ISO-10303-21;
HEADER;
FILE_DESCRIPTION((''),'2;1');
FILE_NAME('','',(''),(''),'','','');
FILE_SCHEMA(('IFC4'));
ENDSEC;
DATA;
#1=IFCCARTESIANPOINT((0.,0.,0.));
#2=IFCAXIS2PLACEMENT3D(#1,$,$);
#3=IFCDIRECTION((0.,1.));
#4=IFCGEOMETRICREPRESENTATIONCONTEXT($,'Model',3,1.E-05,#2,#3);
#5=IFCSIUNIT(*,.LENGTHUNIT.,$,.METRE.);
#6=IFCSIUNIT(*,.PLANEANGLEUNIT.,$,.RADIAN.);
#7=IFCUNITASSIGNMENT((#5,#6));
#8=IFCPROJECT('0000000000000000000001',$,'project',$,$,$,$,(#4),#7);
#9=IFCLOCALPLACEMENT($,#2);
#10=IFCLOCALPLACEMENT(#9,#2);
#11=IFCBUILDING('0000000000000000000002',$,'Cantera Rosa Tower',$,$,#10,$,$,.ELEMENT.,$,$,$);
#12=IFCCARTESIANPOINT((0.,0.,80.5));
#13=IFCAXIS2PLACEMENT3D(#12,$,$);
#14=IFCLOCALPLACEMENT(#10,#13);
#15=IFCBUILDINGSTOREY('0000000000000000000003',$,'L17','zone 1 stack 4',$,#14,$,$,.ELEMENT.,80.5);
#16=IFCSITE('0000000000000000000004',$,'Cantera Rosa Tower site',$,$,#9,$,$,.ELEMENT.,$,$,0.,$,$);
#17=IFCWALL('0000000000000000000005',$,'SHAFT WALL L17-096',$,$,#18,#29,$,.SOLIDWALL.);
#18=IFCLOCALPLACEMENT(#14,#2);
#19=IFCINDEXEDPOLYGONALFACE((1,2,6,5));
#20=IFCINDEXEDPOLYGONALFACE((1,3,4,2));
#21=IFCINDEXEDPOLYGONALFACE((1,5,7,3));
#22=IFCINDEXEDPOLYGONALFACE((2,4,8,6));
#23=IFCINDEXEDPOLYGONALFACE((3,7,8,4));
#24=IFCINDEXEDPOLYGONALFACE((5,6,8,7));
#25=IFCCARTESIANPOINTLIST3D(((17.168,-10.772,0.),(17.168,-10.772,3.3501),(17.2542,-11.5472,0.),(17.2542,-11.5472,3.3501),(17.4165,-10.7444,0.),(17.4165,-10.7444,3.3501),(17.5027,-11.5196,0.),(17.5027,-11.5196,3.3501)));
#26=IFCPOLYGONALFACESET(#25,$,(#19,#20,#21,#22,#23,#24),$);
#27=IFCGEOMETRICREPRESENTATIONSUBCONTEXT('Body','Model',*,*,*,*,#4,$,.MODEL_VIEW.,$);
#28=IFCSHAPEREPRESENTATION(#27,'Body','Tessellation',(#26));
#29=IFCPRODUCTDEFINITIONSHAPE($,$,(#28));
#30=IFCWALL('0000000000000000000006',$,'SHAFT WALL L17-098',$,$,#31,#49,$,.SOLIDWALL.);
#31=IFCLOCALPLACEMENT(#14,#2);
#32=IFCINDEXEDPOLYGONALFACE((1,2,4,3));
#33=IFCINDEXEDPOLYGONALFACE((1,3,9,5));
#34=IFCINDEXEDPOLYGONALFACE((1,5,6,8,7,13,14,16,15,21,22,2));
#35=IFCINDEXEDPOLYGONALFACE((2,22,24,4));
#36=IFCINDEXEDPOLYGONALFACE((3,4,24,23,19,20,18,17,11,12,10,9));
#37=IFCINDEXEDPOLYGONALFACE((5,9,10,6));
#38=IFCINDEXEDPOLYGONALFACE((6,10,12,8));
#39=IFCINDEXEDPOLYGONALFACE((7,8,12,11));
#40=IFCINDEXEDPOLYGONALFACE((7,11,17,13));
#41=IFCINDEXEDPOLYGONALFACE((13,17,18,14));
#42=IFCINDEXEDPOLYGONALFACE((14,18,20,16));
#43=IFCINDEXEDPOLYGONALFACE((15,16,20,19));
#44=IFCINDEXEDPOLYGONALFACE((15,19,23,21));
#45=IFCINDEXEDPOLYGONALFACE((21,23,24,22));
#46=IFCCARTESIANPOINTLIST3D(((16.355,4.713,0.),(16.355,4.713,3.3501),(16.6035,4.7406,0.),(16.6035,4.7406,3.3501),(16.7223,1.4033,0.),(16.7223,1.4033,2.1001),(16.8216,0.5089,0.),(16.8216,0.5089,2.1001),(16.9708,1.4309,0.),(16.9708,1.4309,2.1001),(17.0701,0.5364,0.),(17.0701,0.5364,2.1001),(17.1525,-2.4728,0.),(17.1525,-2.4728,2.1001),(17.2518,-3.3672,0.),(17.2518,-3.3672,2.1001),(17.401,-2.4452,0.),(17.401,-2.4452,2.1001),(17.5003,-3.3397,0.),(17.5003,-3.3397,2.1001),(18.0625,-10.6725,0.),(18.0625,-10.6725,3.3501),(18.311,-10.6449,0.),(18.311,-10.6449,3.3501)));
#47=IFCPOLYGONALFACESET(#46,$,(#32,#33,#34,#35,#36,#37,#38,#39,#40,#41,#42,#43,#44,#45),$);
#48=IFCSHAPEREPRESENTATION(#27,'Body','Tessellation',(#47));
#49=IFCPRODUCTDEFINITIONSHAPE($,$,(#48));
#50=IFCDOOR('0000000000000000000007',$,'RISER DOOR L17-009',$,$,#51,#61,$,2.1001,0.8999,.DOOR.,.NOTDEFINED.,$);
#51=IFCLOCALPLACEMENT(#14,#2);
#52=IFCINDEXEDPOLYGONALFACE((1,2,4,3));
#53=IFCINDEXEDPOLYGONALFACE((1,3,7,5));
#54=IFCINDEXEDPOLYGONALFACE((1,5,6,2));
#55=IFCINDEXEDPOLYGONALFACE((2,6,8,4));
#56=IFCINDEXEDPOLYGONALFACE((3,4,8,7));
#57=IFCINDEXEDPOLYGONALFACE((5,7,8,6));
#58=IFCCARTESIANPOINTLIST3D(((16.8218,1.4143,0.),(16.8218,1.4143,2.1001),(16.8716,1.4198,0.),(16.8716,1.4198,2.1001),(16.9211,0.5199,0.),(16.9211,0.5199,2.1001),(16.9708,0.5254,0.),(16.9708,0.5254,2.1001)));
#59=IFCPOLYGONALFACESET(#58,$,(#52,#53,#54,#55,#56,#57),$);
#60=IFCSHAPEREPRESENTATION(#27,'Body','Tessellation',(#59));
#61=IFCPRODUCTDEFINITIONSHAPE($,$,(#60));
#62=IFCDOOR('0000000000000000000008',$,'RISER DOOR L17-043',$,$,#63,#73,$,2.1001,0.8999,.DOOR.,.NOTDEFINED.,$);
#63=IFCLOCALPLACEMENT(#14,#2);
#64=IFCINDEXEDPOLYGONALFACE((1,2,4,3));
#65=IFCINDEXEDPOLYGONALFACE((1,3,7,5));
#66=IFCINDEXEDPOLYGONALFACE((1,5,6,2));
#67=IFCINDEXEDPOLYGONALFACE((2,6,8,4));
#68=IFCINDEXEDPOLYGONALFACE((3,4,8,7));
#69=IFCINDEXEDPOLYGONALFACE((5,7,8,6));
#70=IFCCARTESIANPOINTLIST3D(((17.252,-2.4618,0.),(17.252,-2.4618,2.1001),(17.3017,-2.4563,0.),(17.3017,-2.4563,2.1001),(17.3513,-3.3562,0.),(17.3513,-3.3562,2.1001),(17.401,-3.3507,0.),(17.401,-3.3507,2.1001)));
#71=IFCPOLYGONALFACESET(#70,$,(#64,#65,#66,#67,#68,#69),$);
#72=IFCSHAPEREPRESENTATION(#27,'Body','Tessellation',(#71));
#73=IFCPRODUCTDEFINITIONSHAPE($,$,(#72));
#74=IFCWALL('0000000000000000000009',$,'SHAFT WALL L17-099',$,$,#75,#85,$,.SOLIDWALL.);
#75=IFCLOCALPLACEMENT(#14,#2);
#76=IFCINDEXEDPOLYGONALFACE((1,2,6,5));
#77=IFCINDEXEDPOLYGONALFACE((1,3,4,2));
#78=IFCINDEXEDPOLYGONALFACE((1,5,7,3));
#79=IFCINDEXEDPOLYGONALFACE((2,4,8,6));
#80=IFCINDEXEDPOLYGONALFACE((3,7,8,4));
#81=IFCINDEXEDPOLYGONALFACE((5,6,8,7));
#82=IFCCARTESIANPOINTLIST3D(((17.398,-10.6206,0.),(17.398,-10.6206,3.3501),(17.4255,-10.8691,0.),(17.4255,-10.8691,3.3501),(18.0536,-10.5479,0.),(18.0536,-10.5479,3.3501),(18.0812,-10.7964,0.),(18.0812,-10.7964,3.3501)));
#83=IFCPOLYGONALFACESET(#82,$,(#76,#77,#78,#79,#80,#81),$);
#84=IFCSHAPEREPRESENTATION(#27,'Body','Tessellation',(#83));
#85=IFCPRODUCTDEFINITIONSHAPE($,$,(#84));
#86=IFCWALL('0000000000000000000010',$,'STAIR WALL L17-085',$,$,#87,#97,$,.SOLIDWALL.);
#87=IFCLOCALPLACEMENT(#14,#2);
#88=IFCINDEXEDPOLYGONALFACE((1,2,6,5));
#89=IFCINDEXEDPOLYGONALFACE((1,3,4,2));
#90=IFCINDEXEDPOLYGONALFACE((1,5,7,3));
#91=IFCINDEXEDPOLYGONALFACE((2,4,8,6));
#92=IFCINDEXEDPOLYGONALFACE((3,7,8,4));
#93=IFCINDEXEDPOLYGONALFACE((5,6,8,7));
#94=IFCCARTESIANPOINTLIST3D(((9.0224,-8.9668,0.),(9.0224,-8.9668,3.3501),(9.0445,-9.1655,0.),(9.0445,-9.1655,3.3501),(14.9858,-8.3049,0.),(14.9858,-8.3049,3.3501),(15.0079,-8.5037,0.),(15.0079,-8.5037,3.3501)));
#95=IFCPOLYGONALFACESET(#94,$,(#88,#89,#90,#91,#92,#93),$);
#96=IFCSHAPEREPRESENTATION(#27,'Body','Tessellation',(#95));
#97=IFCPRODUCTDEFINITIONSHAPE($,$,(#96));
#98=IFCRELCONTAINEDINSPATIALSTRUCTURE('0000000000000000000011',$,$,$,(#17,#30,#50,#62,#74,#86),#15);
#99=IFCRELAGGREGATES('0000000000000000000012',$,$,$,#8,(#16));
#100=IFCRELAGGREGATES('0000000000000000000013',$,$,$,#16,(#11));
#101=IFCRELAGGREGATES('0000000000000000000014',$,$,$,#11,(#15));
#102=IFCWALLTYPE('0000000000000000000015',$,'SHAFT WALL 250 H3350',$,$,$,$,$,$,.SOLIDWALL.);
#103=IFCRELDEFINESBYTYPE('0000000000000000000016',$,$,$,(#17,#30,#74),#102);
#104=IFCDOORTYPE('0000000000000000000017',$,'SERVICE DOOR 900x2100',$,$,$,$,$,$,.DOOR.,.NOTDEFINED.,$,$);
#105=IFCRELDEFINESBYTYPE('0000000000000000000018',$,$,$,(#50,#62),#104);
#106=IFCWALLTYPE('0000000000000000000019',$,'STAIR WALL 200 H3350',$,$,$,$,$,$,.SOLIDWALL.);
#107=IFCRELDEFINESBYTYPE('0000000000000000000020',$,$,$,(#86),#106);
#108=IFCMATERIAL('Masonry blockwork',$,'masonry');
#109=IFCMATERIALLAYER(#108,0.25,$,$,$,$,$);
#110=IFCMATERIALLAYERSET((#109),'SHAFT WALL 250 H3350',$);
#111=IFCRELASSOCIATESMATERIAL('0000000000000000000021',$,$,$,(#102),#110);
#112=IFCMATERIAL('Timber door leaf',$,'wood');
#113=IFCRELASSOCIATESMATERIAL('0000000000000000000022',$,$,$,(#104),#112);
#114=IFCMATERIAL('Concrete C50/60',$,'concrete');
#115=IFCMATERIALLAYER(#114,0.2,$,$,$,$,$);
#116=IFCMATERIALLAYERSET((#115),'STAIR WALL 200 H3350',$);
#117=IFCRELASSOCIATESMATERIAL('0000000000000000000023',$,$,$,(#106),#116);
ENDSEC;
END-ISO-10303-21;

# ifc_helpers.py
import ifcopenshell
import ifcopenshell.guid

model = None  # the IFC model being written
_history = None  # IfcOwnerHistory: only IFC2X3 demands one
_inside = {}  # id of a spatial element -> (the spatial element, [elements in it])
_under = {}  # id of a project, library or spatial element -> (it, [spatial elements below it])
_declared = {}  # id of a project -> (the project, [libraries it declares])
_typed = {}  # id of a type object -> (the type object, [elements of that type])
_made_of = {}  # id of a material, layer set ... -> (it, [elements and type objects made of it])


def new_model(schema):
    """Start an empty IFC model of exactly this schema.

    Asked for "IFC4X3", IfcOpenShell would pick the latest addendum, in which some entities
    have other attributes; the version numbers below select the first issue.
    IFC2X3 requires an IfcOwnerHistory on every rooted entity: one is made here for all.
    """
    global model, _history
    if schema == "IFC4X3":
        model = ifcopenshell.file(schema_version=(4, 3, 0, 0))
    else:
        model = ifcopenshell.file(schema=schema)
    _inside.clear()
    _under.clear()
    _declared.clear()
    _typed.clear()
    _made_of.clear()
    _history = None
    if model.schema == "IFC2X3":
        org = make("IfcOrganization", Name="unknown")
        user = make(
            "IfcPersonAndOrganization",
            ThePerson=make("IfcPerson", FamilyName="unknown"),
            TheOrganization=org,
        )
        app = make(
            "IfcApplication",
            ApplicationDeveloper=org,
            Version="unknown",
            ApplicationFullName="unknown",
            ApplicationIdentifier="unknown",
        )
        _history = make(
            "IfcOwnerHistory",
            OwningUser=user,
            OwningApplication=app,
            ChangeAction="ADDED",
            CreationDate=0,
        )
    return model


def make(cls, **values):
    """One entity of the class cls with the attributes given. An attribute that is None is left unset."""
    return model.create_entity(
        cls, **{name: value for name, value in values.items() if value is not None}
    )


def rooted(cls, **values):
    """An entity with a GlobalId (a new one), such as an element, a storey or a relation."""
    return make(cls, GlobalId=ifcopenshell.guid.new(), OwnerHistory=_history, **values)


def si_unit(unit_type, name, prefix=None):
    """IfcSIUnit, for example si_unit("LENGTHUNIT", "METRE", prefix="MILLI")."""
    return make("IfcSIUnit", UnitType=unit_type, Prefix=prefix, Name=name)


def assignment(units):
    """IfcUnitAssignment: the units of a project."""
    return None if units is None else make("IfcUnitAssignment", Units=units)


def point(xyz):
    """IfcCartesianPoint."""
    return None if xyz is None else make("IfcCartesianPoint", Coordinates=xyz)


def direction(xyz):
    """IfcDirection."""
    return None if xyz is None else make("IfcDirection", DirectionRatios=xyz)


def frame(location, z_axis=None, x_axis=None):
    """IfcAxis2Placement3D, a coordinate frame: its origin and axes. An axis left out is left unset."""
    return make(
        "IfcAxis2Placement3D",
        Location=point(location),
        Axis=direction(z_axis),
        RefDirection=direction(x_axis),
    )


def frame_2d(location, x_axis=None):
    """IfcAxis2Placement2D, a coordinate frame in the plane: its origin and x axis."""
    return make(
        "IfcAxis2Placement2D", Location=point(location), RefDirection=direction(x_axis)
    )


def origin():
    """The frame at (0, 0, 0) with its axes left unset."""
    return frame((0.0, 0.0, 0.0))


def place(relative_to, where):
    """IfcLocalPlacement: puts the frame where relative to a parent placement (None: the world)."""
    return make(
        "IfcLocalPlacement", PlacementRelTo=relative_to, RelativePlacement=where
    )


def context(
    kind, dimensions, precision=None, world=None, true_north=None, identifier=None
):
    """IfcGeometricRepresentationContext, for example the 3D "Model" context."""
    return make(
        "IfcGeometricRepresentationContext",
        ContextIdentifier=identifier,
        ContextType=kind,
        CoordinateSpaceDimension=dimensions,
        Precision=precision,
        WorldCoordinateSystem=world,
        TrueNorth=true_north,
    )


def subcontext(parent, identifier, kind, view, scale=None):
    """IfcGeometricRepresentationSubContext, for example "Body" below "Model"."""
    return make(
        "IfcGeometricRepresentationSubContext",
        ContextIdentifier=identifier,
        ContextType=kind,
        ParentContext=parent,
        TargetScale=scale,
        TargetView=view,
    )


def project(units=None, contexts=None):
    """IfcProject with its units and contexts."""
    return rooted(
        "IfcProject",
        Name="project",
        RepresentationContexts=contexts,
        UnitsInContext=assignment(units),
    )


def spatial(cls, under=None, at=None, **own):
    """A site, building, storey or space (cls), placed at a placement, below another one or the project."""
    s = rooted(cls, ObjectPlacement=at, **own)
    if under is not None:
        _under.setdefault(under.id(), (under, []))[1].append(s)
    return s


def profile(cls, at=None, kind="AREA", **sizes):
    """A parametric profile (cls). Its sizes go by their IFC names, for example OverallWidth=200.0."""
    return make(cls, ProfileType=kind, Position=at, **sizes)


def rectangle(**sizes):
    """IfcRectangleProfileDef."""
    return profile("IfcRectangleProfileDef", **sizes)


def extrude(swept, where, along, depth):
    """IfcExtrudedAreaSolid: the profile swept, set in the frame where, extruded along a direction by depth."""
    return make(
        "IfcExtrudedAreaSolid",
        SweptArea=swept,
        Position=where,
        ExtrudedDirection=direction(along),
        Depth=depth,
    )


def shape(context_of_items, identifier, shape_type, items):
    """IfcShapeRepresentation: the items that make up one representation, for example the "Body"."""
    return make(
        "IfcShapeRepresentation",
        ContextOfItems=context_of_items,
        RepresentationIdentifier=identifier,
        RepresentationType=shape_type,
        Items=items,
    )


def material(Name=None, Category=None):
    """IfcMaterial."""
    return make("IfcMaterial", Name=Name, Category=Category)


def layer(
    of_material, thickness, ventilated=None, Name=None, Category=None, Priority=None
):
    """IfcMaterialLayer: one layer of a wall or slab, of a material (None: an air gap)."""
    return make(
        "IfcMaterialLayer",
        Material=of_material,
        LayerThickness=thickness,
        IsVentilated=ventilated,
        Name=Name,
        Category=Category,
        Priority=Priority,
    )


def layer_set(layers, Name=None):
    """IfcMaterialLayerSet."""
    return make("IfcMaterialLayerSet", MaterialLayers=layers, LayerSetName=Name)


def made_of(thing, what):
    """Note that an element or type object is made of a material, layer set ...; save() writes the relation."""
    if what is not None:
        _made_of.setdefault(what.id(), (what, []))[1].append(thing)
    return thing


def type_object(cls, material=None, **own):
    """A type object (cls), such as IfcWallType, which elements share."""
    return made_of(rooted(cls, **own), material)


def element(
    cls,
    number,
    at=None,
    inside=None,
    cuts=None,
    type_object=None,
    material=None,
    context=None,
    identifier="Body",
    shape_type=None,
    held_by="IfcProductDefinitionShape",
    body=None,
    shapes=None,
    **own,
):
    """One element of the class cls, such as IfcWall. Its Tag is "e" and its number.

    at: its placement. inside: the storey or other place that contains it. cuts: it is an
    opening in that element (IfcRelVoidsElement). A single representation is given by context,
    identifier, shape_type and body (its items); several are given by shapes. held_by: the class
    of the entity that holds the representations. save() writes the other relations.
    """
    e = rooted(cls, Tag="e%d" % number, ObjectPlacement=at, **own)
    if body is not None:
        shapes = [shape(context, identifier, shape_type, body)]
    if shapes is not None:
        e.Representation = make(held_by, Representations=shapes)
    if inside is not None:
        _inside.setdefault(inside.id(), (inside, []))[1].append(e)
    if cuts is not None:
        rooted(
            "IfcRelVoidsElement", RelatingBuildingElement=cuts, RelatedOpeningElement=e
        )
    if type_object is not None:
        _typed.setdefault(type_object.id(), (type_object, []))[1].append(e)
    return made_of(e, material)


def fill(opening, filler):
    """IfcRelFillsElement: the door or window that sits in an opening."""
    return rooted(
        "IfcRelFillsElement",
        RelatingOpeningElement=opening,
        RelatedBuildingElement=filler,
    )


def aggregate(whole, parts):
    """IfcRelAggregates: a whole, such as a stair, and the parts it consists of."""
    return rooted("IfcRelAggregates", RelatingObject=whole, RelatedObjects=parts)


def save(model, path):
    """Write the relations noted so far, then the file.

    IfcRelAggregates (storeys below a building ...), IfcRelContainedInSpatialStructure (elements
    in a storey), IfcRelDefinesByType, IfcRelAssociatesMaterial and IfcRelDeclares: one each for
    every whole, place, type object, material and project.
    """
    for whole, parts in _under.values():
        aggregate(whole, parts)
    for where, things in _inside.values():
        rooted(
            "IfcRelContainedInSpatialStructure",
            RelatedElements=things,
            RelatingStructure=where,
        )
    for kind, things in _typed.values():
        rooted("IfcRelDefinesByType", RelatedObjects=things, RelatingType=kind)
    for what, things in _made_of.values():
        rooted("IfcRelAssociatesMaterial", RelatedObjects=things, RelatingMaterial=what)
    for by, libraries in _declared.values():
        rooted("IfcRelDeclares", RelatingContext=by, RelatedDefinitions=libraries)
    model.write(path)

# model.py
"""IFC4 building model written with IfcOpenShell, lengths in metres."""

from ifc_helpers import new_model, si_unit, direction, frame, frame_2d, origin, place, context, subcontext, project, spatial, rectangle, extrude, material, layer, layer_set, type_object, element, fill, save


model = new_model("IFC4")

# Units and contexts
model_context = context("Model", 3, precision=1e-05, world=origin(), true_north=direction((0.0, 1.0)))
body_context = subcontext(model_context, "Body", "Model", "MODEL_VIEW")
ifc_project = project(units=[si_unit("LENGTHUNIT", "METRE"), si_unit("PLANEANGLEUNIT", "RADIAN")], contexts=[model_context])

# Site, building, storey
site_placement = place(None, origin())
site = spatial("IfcSite", under=ifc_project, at=site_placement, Name="Cantera Rosa Tower site", CompositionType="ELEMENT", RefElevation=0.0)
building_placement = place(site_placement, origin())
building = spatial("IfcBuilding", under=site, at=building_placement, Name="Cantera Rosa Tower", CompositionType="ELEMENT")
storey_placement = place(building_placement, frame((0.0, 0.0, 80.5)))
storey = spatial("IfcBuildingStorey", under=building, at=storey_placement, Name="L17", Description="zone 1 stack 4", CompositionType="ELEMENT", Elevation=80.5)

# Wall
ifc_material_1 = material(Name="Masonry blockwork", Category="masonry")
ifc_layer_1 = layer(ifc_material_1, 0.25)
ifc_layer_set_1 = layer_set([ifc_layer_1], Name="SHAFT WALL 250 H3350")
wall_type_1 = type_object("IfcWallType", Name="SHAFT WALL 250 H3350", PredefinedType="SOLIDWALL", material=ifc_layer_set_1)
wall_1_placement = place(storey_placement, frame((17.2922, -10.7581, 0.0), z_axis=(0.0, 0.0, 1.0), x_axis=(0.1105, -0.993876, 0.0)))
element("IfcWall", 1, at=wall_1_placement, inside=storey, type_object=wall_type_1, Name="SHAFT WALL L17-096", PredefinedType="SOLIDWALL", context=body_context, shape_type="SweptSolid", body=[
    extrude(rectangle(XDim=0.78, YDim=0.25, at=frame_2d((0.3901, 0.0))), origin(), (0.0, 0.0, 1.0), 3.3501),
])

# Wall, openings, doors
wall_2_placement = place(storey_placement, frame((18.1868, -10.6587, 0.0), z_axis=(0.0, 0.0, 1.0), x_axis=(-0.110305, 0.993898, 0.0)))
wall_2 = element("IfcWall", 2, at=wall_2_placement, inside=storey, type_object=wall_type_1, Name="SHAFT WALL L17-098", PredefinedType="SOLIDWALL", context=body_context, shape_type="SweptSolid", body=[
    extrude(rectangle(XDim=15.48, YDim=0.25, at=frame_2d((7.74, 0.0))), origin(), (0.0, 0.0, 1.0), 3.3501),
])
opening_1_placement = place(wall_2_placement, frame((11.25, 0.0, 0.0)))
opening_1 = element("IfcOpeningElement", 3, at=opening_1_placement, cuts=wall_2, PredefinedType="OPENING", context=body_context, shape_type="SweptSolid", body=[
    extrude(rectangle(XDim=0.8999, YDim=2.1001, at=frame_2d((0.45, 1.05))), frame((0.0, 0.135, 0.0), z_axis=(0.0, -1.0, 0.0), x_axis=(1.0, 0.0, 0.0)), (0.0, 0.0, 1.0), 0.27),
])
opening_2_placement = place(wall_2_placement, frame((7.3501, 0.0, 0.0)))
opening_2 = element("IfcOpeningElement", 4, at=opening_2_placement, cuts=wall_2, PredefinedType="OPENING", context=body_context, shape_type="SweptSolid", body=[
    extrude(rectangle(XDim=0.8999, YDim=2.1001, at=frame_2d((0.45, 1.05))), frame((0.0, 0.135, 0.0), z_axis=(0.0, -1.0, 0.0), x_axis=(1.0, 0.0, 0.0)), (0.0, 0.0, 1.0), 0.27),
])
ifc_material_2 = material(Name="Timber door leaf", Category="wood")
door_type = type_object("IfcDoorType", Name="SERVICE DOOR 900x2100", OperationType="NOTDEFINED", PredefinedType="DOOR", material=ifc_material_2)
door_1_placement = place(opening_1_placement, origin())
door_1 = element("IfcDoor", 5, at=door_1_placement, inside=storey, type_object=door_type, Name="RISER DOOR L17-009", OperationType="NOTDEFINED", OverallHeight=2.1001, OverallWidth=0.8999, PredefinedType="DOOR", context=body_context, shape_type="SweptSolid", body=[
    extrude(rectangle(XDim=0.8999, YDim=2.1001, at=frame_2d((0.45, 1.05))), frame((0.0, 0.0249, 0.0), z_axis=(0.0, -1.0, 0.0), x_axis=(1.0, 0.0, 0.0)), (0.0, 0.0, 1.0), 0.05),
])
fill(opening_1, door_1)
door_2_placement = place(opening_2_placement, origin())
door_2 = element("IfcDoor", 6, at=door_2_placement, inside=storey, type_object=door_type, Name="RISER DOOR L17-043", OperationType="NOTDEFINED", OverallHeight=2.1001, OverallWidth=0.8999, PredefinedType="DOOR", context=body_context, shape_type="SweptSolid", body=[
    extrude(rectangle(XDim=0.8999, YDim=2.1001, at=frame_2d((0.45, 1.05))), frame((0.0, 0.0249, 0.0), z_axis=(0.0, -1.0, 0.0), x_axis=(1.0, 0.0, 0.0)), (0.0, 0.0, 1.0), 0.05),
])
fill(opening_2, door_2)

# Walls
wall_3_placement = place(storey_placement, frame((18.0674, -10.6721, 0.0), z_axis=(0.0, 0.0, 1.0), x_axis=(-0.993902, -0.110269, 0.0)))
element("IfcWall", 7, at=wall_3_placement, inside=storey, type_object=wall_type_1, Name="SHAFT WALL L17-099", PredefinedType="SOLIDWALL", context=body_context, shape_type="SweptSolid", body=[
    extrude(rectangle(XDim=0.6597, YDim=0.25, at=frame_2d((0.3298, 0.0))), origin(), (0.0, 0.0, 1.0), 3.3501),
])
ifc_material_3 = material(Name="Concrete C50/60", Category="concrete")
ifc_layer_2 = layer(ifc_material_3, 0.2)
ifc_layer_set_2 = layer_set([ifc_layer_2], Name="STAIR WALL 200 H3350")
wall_type_2 = type_object("IfcWallType", Name="STAIR WALL 200 H3350", PredefinedType="SOLIDWALL", material=ifc_layer_set_2)
wall_4_placement = place(storey_placement, frame((14.9968, -8.4043, 0.0), z_axis=(0.0, 0.0, 1.0), x_axis=(-0.993897, -0.110311, 0.0)))
element("IfcWall", 8, at=wall_4_placement, inside=storey, type_object=wall_type_2, Name="STAIR WALL L17-085", PredefinedType="SOLIDWALL", context=body_context, shape_type="SweptSolid", body=[
    extrude(rectangle(XDim=6.0, YDim=0.2, at=frame_2d((3.0, 0.0))), origin(), (0.0, 0.0, 1.0), 3.3501),
])

save(model, "model.ifc")
